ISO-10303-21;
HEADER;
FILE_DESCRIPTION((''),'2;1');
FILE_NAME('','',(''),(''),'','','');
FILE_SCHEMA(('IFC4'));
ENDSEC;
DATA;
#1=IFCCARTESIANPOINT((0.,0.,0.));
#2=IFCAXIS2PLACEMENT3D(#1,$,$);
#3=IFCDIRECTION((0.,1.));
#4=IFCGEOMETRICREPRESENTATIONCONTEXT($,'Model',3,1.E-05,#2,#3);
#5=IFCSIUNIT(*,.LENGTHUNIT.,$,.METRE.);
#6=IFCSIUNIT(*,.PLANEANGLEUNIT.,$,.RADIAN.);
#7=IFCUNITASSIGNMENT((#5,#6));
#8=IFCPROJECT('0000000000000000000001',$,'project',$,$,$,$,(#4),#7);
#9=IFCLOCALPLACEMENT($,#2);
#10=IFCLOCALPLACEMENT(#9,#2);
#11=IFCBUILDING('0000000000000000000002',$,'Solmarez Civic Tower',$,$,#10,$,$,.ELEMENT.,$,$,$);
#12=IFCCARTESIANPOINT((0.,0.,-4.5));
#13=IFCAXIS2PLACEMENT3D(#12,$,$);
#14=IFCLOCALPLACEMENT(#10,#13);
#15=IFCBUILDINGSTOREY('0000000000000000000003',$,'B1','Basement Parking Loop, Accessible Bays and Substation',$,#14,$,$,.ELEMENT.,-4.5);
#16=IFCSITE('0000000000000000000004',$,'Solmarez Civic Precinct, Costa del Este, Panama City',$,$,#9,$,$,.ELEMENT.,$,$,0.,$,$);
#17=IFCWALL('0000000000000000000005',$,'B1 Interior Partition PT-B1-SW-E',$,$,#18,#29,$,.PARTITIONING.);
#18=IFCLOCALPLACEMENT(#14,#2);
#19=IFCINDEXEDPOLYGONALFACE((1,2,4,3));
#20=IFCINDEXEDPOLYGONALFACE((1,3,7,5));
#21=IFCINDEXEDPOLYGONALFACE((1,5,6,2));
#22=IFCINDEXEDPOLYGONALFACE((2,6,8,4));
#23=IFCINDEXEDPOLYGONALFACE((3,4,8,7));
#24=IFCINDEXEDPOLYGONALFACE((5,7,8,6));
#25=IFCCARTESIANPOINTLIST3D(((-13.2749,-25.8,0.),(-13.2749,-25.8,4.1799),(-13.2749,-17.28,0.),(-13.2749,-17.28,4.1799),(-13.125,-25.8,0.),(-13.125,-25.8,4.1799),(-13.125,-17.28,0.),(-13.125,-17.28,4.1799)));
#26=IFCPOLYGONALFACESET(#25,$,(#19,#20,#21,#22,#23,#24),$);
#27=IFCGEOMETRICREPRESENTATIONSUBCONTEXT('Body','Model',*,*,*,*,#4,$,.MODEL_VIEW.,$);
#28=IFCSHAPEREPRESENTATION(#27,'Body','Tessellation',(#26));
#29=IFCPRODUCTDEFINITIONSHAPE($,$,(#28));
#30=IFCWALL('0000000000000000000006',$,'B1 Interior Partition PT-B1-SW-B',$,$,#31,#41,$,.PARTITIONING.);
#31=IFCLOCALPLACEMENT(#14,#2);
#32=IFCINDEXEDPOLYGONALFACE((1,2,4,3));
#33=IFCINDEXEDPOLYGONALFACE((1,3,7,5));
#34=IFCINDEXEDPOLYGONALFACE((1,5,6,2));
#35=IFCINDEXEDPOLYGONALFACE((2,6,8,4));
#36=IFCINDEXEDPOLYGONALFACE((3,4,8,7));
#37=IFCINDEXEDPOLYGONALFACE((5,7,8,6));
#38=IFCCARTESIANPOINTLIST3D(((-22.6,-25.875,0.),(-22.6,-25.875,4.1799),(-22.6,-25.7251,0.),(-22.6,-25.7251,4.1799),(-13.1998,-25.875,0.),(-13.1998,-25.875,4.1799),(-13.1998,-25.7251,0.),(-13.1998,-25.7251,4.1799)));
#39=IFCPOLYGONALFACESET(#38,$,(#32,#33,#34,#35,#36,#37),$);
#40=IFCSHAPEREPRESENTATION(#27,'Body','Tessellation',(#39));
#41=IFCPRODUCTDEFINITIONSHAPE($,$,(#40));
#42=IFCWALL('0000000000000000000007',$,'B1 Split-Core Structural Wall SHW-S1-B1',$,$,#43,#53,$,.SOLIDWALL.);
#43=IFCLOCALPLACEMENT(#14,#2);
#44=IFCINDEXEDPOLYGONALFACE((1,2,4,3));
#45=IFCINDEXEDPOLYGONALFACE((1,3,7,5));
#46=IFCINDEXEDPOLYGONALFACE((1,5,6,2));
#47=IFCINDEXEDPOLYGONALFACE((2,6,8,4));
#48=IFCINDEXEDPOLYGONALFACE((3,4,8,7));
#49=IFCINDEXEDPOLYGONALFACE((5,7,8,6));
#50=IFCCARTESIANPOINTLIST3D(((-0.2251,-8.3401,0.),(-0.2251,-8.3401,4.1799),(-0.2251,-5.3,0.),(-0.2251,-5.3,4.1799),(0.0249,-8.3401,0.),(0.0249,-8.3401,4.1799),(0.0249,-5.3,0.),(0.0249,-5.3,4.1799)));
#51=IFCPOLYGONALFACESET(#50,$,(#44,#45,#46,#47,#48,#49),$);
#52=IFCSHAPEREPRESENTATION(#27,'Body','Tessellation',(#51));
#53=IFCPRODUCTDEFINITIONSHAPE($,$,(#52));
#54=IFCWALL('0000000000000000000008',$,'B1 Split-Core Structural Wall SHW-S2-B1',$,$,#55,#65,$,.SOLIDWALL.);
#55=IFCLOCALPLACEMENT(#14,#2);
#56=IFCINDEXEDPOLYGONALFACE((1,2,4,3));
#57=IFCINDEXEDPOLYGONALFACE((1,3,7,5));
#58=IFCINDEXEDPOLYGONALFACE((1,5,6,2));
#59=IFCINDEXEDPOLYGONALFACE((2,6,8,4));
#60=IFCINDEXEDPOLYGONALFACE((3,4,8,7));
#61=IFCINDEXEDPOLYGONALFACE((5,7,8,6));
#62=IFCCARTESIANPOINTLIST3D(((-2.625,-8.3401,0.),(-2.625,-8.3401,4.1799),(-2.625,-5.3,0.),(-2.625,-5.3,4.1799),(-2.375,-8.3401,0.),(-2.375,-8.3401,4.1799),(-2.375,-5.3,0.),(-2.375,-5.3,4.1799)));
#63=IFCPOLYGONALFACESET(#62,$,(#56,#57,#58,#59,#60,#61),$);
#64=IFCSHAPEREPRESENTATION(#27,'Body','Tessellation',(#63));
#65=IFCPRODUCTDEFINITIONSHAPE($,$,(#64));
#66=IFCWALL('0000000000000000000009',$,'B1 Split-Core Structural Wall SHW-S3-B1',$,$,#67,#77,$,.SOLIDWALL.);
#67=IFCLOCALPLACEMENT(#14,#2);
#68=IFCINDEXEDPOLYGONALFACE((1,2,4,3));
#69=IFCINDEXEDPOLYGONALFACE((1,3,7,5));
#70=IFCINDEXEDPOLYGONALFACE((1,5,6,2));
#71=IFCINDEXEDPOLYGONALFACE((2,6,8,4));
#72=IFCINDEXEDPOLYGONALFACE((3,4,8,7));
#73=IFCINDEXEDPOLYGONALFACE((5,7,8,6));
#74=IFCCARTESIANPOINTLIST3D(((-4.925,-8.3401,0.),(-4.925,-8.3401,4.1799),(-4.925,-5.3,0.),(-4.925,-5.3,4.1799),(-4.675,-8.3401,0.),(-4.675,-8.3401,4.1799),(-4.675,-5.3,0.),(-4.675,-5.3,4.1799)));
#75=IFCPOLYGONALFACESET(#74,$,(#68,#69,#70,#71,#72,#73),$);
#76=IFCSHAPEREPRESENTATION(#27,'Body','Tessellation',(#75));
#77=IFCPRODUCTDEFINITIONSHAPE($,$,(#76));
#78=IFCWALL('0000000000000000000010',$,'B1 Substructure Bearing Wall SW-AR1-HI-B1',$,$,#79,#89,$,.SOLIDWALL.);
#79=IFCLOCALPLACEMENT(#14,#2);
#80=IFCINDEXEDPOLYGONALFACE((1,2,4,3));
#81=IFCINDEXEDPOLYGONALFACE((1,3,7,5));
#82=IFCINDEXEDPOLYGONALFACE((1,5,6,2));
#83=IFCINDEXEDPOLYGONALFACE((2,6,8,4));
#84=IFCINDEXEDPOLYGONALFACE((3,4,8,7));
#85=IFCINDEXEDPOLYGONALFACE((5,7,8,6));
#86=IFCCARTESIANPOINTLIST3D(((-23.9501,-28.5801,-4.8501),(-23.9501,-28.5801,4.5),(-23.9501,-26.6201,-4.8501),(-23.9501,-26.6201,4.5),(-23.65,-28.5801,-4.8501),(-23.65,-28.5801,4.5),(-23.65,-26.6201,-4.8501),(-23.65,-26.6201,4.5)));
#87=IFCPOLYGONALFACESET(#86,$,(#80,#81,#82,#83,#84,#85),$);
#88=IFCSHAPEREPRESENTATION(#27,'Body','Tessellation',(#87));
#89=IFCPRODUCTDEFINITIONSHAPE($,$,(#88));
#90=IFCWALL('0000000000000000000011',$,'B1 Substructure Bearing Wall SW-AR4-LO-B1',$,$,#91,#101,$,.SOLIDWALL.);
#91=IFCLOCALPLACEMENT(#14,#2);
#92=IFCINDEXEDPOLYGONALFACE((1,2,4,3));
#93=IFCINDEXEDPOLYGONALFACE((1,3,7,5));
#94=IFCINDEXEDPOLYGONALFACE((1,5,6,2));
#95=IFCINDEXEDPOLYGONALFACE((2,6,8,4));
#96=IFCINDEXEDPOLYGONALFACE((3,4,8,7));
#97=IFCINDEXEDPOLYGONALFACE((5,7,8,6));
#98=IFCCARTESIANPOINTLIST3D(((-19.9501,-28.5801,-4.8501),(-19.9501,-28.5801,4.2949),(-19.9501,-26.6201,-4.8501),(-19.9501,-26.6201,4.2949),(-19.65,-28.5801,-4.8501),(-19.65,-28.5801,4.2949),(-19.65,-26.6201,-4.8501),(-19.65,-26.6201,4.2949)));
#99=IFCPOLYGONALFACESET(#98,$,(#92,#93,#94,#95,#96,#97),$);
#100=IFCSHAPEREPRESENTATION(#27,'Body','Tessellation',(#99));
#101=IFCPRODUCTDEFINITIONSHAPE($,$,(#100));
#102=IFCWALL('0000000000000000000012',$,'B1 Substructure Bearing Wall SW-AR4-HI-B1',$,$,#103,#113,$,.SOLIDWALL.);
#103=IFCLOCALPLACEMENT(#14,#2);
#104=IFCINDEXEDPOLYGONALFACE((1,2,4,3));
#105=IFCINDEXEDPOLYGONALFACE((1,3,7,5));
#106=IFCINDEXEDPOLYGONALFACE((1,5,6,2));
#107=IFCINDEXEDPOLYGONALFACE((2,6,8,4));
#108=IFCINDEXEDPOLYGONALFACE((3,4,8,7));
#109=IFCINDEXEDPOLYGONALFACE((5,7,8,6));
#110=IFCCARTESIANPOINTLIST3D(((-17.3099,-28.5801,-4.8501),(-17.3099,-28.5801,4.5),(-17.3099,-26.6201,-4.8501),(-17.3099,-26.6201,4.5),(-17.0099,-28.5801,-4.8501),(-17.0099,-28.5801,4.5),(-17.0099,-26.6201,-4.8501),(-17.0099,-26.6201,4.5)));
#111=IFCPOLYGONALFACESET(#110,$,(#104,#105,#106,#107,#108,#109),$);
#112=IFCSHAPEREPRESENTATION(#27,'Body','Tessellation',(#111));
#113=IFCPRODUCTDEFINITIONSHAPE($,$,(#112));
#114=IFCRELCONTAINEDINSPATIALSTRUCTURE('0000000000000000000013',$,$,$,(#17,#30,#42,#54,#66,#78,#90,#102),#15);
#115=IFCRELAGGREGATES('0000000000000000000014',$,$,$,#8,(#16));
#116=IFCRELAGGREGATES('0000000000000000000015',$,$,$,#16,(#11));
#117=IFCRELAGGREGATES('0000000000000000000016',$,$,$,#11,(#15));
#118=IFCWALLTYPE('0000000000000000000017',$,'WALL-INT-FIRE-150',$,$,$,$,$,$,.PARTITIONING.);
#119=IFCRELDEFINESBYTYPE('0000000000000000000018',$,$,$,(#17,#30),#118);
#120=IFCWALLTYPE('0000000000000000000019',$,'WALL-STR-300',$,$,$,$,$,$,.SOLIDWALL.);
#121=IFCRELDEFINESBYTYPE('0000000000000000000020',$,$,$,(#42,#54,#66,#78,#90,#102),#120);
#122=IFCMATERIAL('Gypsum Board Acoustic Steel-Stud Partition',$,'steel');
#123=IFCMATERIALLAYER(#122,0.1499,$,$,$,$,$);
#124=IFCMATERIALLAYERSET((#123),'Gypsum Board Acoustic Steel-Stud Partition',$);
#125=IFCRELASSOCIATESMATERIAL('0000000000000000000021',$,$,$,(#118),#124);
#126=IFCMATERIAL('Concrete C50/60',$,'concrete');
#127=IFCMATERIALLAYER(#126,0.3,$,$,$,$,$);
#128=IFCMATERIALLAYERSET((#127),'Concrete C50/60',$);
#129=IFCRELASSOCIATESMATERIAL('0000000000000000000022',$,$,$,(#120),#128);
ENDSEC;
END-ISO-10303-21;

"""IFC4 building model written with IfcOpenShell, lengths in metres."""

from ifc_helpers import new_model, si_unit, direction, frame, frame_2d, origin, place, context, subcontext, project, spatial, rectangle, extrude, material, layer, layer_set, type_object, element, save


model = new_model("IFC4")

# Units and contexts
model_context = context("Model", 3, precision=1e-05, world=origin(), true_north=direction((0.0, 1.0)))
body_context = subcontext(model_context, "Body", "Model", "MODEL_VIEW")
ifc_project = project(units=[si_unit("LENGTHUNIT", "METRE"), si_unit("PLANEANGLEUNIT", "RADIAN")], contexts=[model_context])

# Site, building, storey
site_placement = place(None, origin())
site = spatial("IfcSite", under=ifc_project, at=site_placement, Name="Solmarez Civic Precinct, Costa del Este, Panama City", CompositionType="ELEMENT", RefElevation=0.0)
building_placement = place(site_placement, origin())
building = spatial("IfcBuilding", under=site, at=building_placement, Name="Solmarez Civic Tower", CompositionType="ELEMENT")
storey_placement = place(building_placement, frame((0.0, 0.0, -4.5)))
storey = spatial("IfcBuildingStorey", under=building, at=storey_placement, Name="B1", Description="Basement Parking Loop, Accessible Bays and Substation", CompositionType="ELEMENT", Elevation=-4.5)

# Shared definitions
ifc_material_1 = material(Name="Concrete C50/60", Category="concrete")

# Shared definitions
ifc_material_2 = material(Name="Gypsum Board Acoustic Steel-Stud Partition", Category="steel")
ifc_layer_1 = layer(ifc_material_2, 0.1499)
ifc_layer_set_1 = layer_set([ifc_layer_1], Name="Gypsum Board Acoustic Steel-Stud Partition")
wall_type_1 = type_object("IfcWallType", Name="WALL-INT-FIRE-150", PredefinedType="PARTITIONING", material=ifc_layer_set_1)

# Walls
for number, where, z_axis, x_axis, name in (
    (1, (-13.2, -25.8, 0.0), (0.0, 0.0, 1.0), (0.0, 1.0, 0.0), "B1 Interior Partition PT-B1-SW-E"),
):
    element("IfcWall", number, at=place(storey_placement, frame(where, z_axis=z_axis, x_axis=x_axis)), inside=storey, type_object=wall_type_1, Name=name, PredefinedType="PARTITIONING", context=body_context, shape_type="SweptSolid", body=[
        extrude(rectangle(XDim=8.52, YDim=0.1499, at=frame_2d((4.26, 0.0))), origin(), (0.0, 0.0, 1.0), 4.1799),
    ])
wall_1_placement = place(storey_placement, frame((-22.6001, -25.8, 0.0), z_axis=(0.0, 0.0, 1.0), x_axis=(1.0, 0.0, 0.0)))
element("IfcWall", 2, at=wall_1_placement, inside=storey, type_object=wall_type_1, Name="B1 Interior Partition PT-B1-SW-B", PredefinedType="PARTITIONING", context=body_context, shape_type="SweptSolid", body=[
    extrude(rectangle(XDim=9.4001, YDim=0.1499, at=frame_2d((4.7002, 0.0))), origin(), (0.0, 0.0, 1.0), 4.1799),
])
ifc_layer_2 = layer(ifc_material_1, 0.3)
ifc_layer_set_2 = layer_set([ifc_layer_2], Name="Concrete C50/60")
wall_type_2 = type_object("IfcWallType", Name="WALL-STR-300", PredefinedType="SOLIDWALL", material=ifc_layer_set_2)
for number, where, z_axis, x_axis, name in (
    (3, (-0.1001, -8.3401, 0.0), (0.0, 0.0, 1.0), (0.0, 1.0, 0.0), "B1 Split-Core Structural Wall SHW-S1-B1"),
    (4, (-2.5, -8.3401, 0.0), (0.0, 0.0, 1.0), (0.0, 1.0, 0.0), "B1 Split-Core Structural Wall SHW-S2-B1"),
    (5, (-4.8, -8.3401, 0.0), (0.0, 0.0, 1.0), (0.0, 1.0, 0.0), "B1 Split-Core Structural Wall SHW-S3-B1"),
):
    element("IfcWall", number, at=place(storey_placement, frame(where, z_axis=z_axis, x_axis=x_axis)), inside=storey, type_object=wall_type_2, Name=name, PredefinedType="SOLIDWALL", context=body_context, shape_type="SweptSolid", body=[
        extrude(rectangle(XDim=3.04, YDim=0.25, at=frame_2d((1.52, 0.0))), origin(), (0.0, 0.0, 1.0), 4.1799),
    ])
wall_2_placement = place(storey_placement, frame((-23.8, -28.5801, -4.8501), z_axis=(0.0, 0.0, 1.0), x_axis=(0.0, 1.0, 0.0)))
element("IfcWall", 6, at=wall_2_placement, inside=storey, type_object=wall_type_2, Name="B1 Substructure Bearing Wall SW-AR1-HI-B1", PredefinedType="SOLIDWALL", context=body_context, shape_type="SweptSolid", body=[
    extrude(rectangle(XDim=1.96, YDim=0.3, at=frame_2d((0.98, 0.0))), origin(), (0.0, 0.0, 1.0), 9.3501),
])
wall_3_placement = place(storey_placement, frame((-19.8, -28.5801, -4.8501), z_axis=(0.0, 0.0, 1.0), x_axis=(0.0, 1.0, 0.0)))
element("IfcWall", 7, at=wall_3_placement, inside=storey, type_object=wall_type_2, Name="B1 Substructure Bearing Wall SW-AR4-LO-B1", PredefinedType="SOLIDWALL", context=body_context, shape_type="SweptSolid", body=[
    extrude(rectangle(XDim=1.96, YDim=0.3, at=frame_2d((0.98, 0.0))), origin(), (0.0, 0.0, 1.0), 9.145),
])
wall_4_placement = place(storey_placement, frame((-17.1599, -28.5801, -4.8501), z_axis=(0.0, 0.0, 1.0), x_axis=(0.0, 1.0, 0.0)))
element("IfcWall", 8, at=wall_4_placement, inside=storey, type_object=wall_type_2, Name="B1 Substructure Bearing Wall SW-AR4-HI-B1", PredefinedType="SOLIDWALL", context=body_context, shape_type="SweptSolid", body=[
    extrude(rectangle(XDim=1.96, YDim=0.3, at=frame_2d((0.98, 0.0))), origin(), (0.0, 0.0, 1.0), 9.3501),
])

save(model, "model.ifc")
